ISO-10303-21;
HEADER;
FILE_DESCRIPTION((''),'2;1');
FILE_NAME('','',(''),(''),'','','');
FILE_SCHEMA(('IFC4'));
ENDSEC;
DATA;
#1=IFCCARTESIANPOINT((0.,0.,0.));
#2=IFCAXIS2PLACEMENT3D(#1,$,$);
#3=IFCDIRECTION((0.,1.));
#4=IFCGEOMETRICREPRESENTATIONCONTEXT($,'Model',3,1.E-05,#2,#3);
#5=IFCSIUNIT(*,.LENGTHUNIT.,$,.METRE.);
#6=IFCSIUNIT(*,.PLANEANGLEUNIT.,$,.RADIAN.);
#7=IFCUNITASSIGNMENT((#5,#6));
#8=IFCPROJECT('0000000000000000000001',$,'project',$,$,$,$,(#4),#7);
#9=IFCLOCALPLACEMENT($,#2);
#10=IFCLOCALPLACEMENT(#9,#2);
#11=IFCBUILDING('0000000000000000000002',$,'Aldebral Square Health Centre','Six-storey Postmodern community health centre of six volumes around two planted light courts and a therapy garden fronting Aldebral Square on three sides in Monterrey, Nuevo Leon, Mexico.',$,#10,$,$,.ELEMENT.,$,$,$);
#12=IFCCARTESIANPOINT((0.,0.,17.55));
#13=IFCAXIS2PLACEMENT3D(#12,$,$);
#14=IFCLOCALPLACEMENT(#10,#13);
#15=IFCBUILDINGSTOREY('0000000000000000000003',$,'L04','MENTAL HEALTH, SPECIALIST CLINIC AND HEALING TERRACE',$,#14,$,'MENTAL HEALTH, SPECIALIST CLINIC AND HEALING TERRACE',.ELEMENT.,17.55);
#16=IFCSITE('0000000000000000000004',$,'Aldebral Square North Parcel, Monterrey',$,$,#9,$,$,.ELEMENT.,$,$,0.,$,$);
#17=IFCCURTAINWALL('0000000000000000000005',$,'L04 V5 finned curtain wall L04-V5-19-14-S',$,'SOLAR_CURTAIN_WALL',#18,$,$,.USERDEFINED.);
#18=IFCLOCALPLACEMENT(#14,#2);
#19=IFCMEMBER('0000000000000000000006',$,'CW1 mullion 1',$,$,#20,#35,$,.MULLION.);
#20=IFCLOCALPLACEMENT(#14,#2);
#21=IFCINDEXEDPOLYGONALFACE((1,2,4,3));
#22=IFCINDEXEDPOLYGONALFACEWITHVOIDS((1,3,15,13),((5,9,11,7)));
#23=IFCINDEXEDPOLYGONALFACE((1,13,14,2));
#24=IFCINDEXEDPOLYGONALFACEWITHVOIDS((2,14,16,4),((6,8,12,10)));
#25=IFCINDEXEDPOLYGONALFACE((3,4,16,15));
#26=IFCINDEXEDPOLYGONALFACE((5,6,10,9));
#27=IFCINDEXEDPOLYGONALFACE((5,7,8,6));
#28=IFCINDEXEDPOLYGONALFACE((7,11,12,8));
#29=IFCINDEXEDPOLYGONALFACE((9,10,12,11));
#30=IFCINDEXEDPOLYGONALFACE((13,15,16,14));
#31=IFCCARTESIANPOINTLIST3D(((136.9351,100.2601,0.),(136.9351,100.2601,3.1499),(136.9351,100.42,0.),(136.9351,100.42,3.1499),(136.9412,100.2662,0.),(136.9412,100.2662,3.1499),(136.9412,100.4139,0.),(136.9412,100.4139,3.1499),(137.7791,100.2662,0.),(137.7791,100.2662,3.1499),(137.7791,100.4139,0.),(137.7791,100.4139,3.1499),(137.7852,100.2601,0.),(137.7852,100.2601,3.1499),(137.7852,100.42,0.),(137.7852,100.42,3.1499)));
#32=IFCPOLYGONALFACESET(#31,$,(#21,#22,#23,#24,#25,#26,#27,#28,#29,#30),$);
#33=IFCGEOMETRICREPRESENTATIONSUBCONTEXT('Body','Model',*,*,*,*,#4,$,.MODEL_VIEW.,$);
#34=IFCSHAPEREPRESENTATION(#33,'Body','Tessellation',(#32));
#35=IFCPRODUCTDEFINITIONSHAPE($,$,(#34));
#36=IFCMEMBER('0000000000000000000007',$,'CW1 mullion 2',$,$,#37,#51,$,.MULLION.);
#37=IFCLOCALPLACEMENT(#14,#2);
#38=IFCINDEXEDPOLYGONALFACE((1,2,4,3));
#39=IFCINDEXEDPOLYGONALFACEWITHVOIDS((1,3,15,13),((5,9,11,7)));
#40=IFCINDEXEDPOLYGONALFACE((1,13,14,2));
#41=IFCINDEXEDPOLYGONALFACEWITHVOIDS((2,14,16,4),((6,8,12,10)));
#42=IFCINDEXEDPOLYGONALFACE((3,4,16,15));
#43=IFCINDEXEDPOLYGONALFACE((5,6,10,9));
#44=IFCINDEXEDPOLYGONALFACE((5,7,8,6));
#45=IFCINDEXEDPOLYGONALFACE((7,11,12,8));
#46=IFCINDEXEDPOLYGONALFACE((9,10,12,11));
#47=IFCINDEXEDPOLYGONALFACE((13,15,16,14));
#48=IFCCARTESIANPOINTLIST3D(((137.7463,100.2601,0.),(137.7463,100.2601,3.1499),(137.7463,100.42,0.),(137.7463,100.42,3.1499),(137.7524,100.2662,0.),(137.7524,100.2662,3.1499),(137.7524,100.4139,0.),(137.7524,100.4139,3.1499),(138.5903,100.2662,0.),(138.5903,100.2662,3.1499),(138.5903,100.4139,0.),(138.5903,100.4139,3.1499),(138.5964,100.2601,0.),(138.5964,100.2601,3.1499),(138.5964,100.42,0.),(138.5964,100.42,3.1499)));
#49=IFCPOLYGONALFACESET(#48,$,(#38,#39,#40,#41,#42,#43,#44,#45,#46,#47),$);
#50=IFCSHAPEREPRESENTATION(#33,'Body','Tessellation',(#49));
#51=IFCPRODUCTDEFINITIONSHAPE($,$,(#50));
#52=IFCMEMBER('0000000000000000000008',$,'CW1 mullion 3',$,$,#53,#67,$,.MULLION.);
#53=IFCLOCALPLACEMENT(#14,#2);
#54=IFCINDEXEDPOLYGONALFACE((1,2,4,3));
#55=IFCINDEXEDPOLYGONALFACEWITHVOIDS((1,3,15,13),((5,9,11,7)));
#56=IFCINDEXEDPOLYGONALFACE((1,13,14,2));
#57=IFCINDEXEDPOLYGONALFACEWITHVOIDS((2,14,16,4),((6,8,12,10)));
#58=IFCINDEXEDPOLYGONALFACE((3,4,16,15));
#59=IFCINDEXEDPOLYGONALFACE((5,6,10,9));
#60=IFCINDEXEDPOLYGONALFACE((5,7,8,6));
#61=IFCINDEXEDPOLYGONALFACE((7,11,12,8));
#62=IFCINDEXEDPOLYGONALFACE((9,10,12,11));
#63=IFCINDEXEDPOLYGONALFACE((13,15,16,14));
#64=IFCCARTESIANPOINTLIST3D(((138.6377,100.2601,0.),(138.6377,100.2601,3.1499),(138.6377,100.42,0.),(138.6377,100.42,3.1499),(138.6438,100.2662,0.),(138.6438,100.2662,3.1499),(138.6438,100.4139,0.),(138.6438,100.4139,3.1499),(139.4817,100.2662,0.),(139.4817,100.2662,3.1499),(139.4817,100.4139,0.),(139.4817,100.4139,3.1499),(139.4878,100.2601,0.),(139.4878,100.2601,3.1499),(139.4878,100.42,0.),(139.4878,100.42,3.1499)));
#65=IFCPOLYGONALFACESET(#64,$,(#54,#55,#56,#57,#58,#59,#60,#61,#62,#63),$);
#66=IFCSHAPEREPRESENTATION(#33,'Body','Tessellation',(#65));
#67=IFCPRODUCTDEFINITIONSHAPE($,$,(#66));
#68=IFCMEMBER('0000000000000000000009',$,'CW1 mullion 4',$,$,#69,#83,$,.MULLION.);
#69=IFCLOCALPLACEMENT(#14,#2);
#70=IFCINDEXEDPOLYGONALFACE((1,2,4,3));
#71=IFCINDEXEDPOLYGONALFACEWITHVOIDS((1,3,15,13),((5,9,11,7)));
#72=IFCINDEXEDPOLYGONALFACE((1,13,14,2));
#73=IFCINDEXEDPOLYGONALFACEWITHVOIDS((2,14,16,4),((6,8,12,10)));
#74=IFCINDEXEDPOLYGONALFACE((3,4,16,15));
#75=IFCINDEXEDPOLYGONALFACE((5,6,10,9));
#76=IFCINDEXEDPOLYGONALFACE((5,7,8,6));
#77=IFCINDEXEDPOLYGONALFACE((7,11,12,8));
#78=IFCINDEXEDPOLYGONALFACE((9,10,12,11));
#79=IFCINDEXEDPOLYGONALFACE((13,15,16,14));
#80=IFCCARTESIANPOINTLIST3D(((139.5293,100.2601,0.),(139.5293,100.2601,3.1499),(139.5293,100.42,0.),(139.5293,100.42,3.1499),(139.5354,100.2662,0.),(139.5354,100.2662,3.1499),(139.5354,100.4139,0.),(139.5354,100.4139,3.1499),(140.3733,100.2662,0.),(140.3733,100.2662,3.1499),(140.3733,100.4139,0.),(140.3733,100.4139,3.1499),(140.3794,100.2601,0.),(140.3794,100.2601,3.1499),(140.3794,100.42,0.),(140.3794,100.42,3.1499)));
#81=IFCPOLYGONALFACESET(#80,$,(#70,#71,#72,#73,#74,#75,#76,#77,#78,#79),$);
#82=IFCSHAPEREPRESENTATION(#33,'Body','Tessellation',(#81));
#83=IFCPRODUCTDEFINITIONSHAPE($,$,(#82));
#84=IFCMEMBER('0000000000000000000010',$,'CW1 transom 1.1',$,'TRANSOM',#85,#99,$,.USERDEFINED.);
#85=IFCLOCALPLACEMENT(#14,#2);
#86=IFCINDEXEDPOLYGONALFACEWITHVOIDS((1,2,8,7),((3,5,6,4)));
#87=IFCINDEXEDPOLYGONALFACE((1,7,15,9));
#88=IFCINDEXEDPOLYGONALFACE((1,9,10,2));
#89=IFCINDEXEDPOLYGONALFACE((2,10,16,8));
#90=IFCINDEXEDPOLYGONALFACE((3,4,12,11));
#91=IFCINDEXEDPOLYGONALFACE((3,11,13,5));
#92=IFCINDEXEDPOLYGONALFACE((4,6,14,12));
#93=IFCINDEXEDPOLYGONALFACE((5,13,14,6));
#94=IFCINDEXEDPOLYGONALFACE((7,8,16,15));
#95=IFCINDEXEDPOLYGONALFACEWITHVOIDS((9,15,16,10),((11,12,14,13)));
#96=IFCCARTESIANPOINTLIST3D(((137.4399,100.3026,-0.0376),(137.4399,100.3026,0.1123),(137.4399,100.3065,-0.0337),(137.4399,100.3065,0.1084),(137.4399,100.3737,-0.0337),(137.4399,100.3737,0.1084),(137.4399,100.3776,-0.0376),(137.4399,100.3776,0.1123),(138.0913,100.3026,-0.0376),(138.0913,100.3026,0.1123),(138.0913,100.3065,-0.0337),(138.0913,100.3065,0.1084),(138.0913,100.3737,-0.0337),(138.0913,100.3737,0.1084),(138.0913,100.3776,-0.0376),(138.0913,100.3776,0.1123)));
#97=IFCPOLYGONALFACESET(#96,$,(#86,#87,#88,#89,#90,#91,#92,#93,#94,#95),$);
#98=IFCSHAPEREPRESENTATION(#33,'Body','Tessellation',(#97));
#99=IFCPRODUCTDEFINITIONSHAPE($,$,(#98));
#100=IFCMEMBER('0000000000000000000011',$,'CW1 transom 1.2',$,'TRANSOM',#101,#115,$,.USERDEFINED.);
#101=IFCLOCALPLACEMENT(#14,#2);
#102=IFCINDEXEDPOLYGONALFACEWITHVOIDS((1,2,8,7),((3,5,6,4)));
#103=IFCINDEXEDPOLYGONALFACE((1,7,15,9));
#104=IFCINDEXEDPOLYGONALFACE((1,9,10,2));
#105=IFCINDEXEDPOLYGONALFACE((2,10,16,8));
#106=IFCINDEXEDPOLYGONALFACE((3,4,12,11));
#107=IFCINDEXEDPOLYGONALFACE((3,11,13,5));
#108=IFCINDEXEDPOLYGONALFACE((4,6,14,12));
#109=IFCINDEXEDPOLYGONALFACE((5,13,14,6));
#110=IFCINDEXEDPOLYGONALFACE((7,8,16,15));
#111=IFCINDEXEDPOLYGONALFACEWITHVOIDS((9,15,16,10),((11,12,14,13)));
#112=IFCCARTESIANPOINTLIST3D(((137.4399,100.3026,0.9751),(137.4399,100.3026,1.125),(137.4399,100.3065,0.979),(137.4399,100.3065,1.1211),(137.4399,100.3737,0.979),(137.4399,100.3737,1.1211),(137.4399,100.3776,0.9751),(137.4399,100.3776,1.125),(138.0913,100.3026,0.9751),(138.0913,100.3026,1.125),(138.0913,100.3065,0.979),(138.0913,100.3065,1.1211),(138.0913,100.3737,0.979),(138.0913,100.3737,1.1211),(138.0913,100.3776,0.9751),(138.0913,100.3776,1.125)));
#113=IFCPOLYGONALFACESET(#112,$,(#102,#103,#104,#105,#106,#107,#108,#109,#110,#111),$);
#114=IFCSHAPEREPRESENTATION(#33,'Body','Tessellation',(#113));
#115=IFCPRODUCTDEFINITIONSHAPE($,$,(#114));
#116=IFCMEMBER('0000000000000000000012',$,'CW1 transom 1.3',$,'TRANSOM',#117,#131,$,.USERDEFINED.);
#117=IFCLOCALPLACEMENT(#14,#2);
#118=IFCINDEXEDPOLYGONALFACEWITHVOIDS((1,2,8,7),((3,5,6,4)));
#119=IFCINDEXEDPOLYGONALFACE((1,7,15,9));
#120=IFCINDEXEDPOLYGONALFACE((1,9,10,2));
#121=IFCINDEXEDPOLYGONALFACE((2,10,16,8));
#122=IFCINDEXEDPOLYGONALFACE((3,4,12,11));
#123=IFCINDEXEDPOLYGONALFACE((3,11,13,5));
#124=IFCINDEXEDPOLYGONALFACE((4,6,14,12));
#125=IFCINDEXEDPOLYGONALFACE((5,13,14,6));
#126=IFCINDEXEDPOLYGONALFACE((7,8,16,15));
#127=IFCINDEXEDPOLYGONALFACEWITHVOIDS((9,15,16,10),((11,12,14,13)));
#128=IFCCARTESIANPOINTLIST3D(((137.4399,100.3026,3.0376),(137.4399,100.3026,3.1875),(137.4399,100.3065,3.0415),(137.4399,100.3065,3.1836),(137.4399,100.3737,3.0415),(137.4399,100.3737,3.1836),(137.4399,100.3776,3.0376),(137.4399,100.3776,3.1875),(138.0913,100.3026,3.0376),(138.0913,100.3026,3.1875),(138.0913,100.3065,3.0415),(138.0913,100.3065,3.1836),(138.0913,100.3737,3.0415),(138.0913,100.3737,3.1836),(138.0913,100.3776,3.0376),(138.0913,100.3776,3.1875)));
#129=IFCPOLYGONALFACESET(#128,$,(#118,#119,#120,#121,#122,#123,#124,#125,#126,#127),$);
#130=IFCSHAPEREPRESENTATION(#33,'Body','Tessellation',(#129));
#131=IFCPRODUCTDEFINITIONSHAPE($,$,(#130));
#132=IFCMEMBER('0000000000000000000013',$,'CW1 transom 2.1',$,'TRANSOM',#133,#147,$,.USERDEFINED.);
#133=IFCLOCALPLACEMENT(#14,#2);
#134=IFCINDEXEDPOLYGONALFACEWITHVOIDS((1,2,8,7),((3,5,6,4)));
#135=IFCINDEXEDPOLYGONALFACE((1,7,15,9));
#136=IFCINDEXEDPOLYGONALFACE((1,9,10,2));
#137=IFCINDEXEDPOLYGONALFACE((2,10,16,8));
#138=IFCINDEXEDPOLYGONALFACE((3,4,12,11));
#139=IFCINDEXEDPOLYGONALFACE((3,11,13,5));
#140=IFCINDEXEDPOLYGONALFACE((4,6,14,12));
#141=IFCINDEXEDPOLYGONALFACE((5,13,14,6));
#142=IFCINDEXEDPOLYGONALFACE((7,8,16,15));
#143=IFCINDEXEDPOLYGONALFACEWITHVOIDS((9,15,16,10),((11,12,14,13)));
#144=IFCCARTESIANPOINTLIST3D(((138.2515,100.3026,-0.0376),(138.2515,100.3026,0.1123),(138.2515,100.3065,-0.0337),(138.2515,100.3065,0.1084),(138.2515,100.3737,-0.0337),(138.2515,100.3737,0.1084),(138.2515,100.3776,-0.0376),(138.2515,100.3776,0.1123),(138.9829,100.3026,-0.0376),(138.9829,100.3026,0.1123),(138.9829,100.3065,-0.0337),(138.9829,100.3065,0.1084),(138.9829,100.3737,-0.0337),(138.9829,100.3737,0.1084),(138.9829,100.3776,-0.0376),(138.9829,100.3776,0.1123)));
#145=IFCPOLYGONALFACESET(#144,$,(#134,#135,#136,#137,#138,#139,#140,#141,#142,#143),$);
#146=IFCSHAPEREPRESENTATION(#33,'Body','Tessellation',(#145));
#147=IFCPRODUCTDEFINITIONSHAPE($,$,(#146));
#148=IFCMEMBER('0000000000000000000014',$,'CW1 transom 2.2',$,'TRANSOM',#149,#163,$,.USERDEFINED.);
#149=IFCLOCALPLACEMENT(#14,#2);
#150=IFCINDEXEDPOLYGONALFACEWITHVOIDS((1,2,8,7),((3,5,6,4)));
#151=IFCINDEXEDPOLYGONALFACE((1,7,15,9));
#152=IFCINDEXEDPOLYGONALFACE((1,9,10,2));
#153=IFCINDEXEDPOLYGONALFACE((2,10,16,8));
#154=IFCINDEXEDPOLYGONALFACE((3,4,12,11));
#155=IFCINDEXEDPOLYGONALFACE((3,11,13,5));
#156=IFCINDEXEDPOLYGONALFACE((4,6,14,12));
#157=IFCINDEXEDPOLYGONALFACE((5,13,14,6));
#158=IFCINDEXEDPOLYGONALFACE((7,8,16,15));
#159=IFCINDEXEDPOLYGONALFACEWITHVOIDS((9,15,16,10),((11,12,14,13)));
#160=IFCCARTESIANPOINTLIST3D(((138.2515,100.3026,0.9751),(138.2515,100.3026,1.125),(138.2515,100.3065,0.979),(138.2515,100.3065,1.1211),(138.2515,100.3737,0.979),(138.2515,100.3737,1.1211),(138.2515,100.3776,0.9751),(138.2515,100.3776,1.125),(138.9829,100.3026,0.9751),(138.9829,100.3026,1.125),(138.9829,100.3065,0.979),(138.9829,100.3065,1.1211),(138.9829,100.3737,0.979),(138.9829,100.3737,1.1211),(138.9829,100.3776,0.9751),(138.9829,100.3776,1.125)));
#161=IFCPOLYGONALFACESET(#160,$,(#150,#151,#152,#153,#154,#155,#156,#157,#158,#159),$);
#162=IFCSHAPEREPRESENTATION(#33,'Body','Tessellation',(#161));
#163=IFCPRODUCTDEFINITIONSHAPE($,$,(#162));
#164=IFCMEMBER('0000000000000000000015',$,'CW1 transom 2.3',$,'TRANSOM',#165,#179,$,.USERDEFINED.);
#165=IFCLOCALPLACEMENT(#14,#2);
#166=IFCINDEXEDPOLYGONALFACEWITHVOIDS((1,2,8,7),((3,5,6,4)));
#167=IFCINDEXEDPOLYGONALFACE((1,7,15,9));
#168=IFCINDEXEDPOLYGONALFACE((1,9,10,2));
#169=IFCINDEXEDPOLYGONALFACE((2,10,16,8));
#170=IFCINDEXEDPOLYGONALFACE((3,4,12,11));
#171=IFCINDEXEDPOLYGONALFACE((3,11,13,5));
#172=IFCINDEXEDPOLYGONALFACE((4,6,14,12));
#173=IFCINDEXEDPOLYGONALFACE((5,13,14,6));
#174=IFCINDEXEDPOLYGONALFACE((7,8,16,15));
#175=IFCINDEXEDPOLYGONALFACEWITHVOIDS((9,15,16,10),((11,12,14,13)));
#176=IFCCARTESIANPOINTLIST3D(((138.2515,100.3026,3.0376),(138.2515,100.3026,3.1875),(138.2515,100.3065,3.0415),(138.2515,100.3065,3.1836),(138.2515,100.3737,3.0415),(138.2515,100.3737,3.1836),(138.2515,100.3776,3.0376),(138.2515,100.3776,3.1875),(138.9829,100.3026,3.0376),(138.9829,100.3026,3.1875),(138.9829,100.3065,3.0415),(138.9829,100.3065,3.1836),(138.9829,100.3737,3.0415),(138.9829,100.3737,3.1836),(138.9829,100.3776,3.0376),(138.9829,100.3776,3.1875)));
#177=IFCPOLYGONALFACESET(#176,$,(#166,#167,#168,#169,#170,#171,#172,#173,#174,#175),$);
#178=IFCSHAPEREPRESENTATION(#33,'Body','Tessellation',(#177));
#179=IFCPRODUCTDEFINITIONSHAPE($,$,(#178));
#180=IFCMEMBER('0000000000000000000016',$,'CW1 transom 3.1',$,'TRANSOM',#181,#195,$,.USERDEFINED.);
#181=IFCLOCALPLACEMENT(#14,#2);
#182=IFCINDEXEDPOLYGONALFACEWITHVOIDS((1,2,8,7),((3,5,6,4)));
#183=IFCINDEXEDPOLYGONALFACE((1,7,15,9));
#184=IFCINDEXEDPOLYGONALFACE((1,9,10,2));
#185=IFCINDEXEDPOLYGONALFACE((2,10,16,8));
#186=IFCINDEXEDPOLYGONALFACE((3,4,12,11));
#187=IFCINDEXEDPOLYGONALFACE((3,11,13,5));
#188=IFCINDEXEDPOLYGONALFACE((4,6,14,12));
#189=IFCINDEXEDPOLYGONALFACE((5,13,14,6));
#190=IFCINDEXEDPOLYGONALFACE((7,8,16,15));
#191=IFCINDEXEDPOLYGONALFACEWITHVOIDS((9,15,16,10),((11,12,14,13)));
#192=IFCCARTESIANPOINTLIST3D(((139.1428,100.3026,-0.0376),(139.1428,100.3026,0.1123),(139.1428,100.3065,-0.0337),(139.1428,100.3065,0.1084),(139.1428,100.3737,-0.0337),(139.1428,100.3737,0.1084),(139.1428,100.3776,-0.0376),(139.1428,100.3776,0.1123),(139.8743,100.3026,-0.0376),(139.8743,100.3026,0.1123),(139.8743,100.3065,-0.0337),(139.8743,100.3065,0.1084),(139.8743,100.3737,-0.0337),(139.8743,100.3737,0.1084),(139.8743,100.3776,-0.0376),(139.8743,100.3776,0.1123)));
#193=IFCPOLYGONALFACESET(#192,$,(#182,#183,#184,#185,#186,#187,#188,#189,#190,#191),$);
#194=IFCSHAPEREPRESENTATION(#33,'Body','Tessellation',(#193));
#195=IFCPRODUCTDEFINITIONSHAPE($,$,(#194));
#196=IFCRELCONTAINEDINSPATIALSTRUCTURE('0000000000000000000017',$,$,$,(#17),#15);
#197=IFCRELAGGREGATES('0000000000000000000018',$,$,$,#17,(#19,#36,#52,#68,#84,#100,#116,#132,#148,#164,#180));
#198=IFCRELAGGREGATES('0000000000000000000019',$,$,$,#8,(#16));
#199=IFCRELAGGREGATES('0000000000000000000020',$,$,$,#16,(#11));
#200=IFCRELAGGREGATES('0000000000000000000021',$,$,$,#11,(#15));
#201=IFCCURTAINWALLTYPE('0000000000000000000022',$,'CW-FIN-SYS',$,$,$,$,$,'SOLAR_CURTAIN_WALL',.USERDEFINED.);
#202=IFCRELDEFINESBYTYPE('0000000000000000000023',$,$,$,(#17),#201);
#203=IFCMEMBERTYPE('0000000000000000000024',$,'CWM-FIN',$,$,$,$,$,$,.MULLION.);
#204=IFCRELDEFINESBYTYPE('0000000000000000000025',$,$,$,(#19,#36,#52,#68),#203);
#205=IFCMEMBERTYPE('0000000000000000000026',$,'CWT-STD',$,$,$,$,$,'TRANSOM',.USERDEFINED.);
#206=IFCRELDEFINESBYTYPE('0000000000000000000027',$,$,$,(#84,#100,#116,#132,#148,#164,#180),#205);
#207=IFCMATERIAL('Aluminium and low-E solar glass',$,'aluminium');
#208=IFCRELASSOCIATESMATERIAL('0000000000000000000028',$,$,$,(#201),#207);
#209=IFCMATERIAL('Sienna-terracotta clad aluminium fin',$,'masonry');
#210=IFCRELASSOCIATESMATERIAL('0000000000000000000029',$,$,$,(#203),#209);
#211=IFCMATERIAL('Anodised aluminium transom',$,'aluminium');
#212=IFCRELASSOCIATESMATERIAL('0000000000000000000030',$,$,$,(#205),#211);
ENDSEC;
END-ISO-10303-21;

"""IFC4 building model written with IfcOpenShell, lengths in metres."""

from ifc_helpers import new_model, si_unit, direction, frame, origin, origin_2d, place, context, subcontext, project, spatial, hollow_rectangle, extrude, material, material_profile, profile_set, type_object, element, aggregate, save


model = new_model("IFC4")

# Units and contexts
model_context = context("Model", 3, precision=1e-05, world=origin(), true_north=direction((0.0, 1.0)))
body_context = subcontext(model_context, "Body", "Model", "MODEL_VIEW")
ifc_project = project(units=[si_unit("LENGTHUNIT", "METRE"), si_unit("PLANEANGLEUNIT", "RADIAN")], contexts=[model_context])

# Site, building, storey
site_placement = place(None, origin())
site = spatial("IfcSite", under=ifc_project, at=site_placement, Name="Aldebral Square North Parcel, Monterrey", CompositionType="ELEMENT", RefElevation=0.0)
building_placement = place(site_placement, origin())
building = spatial("IfcBuilding", under=site, at=building_placement, Name="Aldebral Square Health Centre", Description="Six-storey Postmodern community health centre of six volumes around two planted light courts and a therapy garden fronting Aldebral Square on three sides in Monterrey, Nuevo Leon, Mexico.", CompositionType="ELEMENT")
storey_placement = place(building_placement, frame((0.0, 0.0, 17.55)))
storey = spatial("IfcBuildingStorey", under=building, at=storey_placement, Name="L04", Description="MENTAL HEALTH, SPECIALIST CLINIC AND HEALING TERRACE", LongName="MENTAL HEALTH, SPECIALIST CLINIC AND HEALING TERRACE", CompositionType="ELEMENT", Elevation=17.55)

# Curtain wall, members
ifc_material_1 = material(Name="Aluminium and low-E solar glass", Category="aluminium")
curtain_wall_type = type_object("IfcCurtainWallType", Name="CW-FIN-SYS", ElementType="SOLAR_CURTAIN_WALL", PredefinedType="USERDEFINED", material=ifc_material_1)
curtain_wall_placement = place(storey_placement, origin())
curtain_wall = element("IfcCurtainWall", 1, at=curtain_wall_placement, inside=storey, type_object=curtain_wall_type, Name="L04 V5 finned curtain wall L04-V5-19-14-S", ObjectType="SOLAR_CURTAIN_WALL", PredefinedType="USERDEFINED")
ifc_material_2 = material(Name="Sienna-terracotta clad aluminium fin", Category="masonry")
ifc_material_profile_1 = material_profile(ifc_material_2, hollow_rectangle(XDim=0.1599, YDim=0.8501, WallThickness=0.0061, at=origin_2d()), Name="FIN 160x850x6")
ifc_profile_set_1 = profile_set([ifc_material_profile_1], Name="Sienna-terracotta clad aluminium fin")
member_type_1 = type_object("IfcMemberType", Name="CWM-FIN", PredefinedType="MULLION", material=ifc_profile_set_1)
member_1_placement = place(storey_placement, frame((137.3601, 100.3401, 0.0), z_axis=(0.0, 0.0, 1.0), x_axis=(0.0, 1.0, 0.0)))
member_1 = element("IfcMember", 2, at=member_1_placement, type_object=member_type_1, Name="CW1 mullion 1", PredefinedType="MULLION", context=body_context, shape_type="SweptSolid", body=[
    extrude(hollow_rectangle(XDim=0.1599, YDim=0.8501, WallThickness=0.0061, at=origin_2d()), origin(), (0.0, 0.0, 1.0), 3.1499),
])
member_2_placement = place(storey_placement, frame((138.1714, 100.3401, 0.0), z_axis=(0.0, 0.0, 1.0), x_axis=(0.0, 1.0, 0.0)))
member_2 = element("IfcMember", 3, at=member_2_placement, type_object=member_type_1, Name="CW1 mullion 2", PredefinedType="MULLION", context=body_context, shape_type="SweptSolid", body=[
    extrude(hollow_rectangle(XDim=0.1599, YDim=0.8501, WallThickness=0.0061, at=origin_2d()), origin(), (0.0, 0.0, 1.0), 3.1499),
])
member_3_placement = place(storey_placement, frame((139.0627, 100.3401, 0.0), z_axis=(0.0, 0.0, 1.0), x_axis=(0.0, 1.0, 0.0)))
member_3 = element("IfcMember", 4, at=member_3_placement, type_object=member_type_1, Name="CW1 mullion 3", PredefinedType="MULLION", context=body_context, shape_type="SweptSolid", body=[
    extrude(hollow_rectangle(XDim=0.1599, YDim=0.8501, WallThickness=0.0061, at=origin_2d()), origin(), (0.0, 0.0, 1.0), 3.1499),
])
member_4_placement = place(storey_placement, frame((139.9543, 100.3401, 0.0), z_axis=(0.0, 0.0, 1.0), x_axis=(0.0, 1.0, 0.0)))
member_4 = element("IfcMember", 5, at=member_4_placement, type_object=member_type_1, Name="CW1 mullion 4", PredefinedType="MULLION", context=body_context, shape_type="SweptSolid", body=[
    extrude(hollow_rectangle(XDim=0.1599, YDim=0.8501, WallThickness=0.0061, at=origin_2d()), origin(), (0.0, 0.0, 1.0), 3.1499),
])
ifc_material_3 = material(Name="Anodised aluminium transom", Category="aluminium")
ifc_material_profile_2 = material_profile(ifc_material_3, hollow_rectangle(XDim=0.075, YDim=0.1499, WallThickness=0.0039, at=origin_2d()), Name="CWT 75x150x4")
ifc_profile_set_2 = profile_set([ifc_material_profile_2], Name="Anodised aluminium transom")
member_type_2 = type_object("IfcMemberType", Name="CWT-STD", ElementType="TRANSOM", PredefinedType="USERDEFINED", material=ifc_profile_set_2)
member_5_placement = place(storey_placement, frame((137.4399, 100.3401, 0.0374), z_axis=(1.0, 0.0, 0.0), x_axis=(0.0, 1.0, 0.0)))
member_5 = element("IfcMember", 6, at=member_5_placement, type_object=member_type_2, Name="CW1 transom 1.1", ObjectType="TRANSOM", PredefinedType="USERDEFINED", context=body_context, shape_type="SweptSolid", body=[
    extrude(hollow_rectangle(XDim=0.075, YDim=0.1499, WallThickness=0.0039, at=origin_2d()), origin(), (0.0, 0.0, 1.0), 0.6514),
])
member_6_placement = place(storey_placement, frame((137.4399, 100.3401, 1.05), z_axis=(1.0, 0.0, 0.0), x_axis=(0.0, 1.0, 0.0)))
member_6 = element("IfcMember", 7, at=member_6_placement, type_object=member_type_2, Name="CW1 transom 1.2", ObjectType="TRANSOM", PredefinedType="USERDEFINED", context=body_context, shape_type="SweptSolid", body=[
    extrude(hollow_rectangle(XDim=0.075, YDim=0.1499, WallThickness=0.0039, at=origin_2d()), origin(), (0.0, 0.0, 1.0), 0.6514),
])
member_7_placement = place(storey_placement, frame((137.4399, 100.3401, 3.1125), z_axis=(1.0, 0.0, 0.0), x_axis=(0.0, 1.0, 0.0)))
member_7 = element("IfcMember", 8, at=member_7_placement, type_object=member_type_2, Name="CW1 transom 1.3", ObjectType="TRANSOM", PredefinedType="USERDEFINED", context=body_context, shape_type="SweptSolid", body=[
    extrude(hollow_rectangle(XDim=0.075, YDim=0.1499, WallThickness=0.0039, at=origin_2d()), origin(), (0.0, 0.0, 1.0), 0.6514),
])
member_8_placement = place(storey_placement, frame((138.2515, 100.3401, 0.0374), z_axis=(1.0, 0.0, 0.0), x_axis=(0.0, 1.0, 0.0)))
member_8 = element("IfcMember", 9, at=member_8_placement, type_object=member_type_2, Name="CW1 transom 2.1", ObjectType="TRANSOM", PredefinedType="USERDEFINED", context=body_context, shape_type="SweptSolid", body=[
    extrude(hollow_rectangle(XDim=0.075, YDim=0.1499, WallThickness=0.0039, at=origin_2d()), origin(), (0.0, 0.0, 1.0), 0.7314),
])
member_9_placement = place(storey_placement, frame((138.2515, 100.3401, 1.05), z_axis=(1.0, 0.0, 0.0), x_axis=(0.0, 1.0, 0.0)))
member_9 = element("IfcMember", 10, at=member_9_placement, type_object=member_type_2, Name="CW1 transom 2.2", ObjectType="TRANSOM", PredefinedType="USERDEFINED", context=body_context, shape_type="SweptSolid", body=[
    extrude(hollow_rectangle(XDim=0.075, YDim=0.1499, WallThickness=0.0039, at=origin_2d()), origin(), (0.0, 0.0, 1.0), 0.7314),
])
member_10_placement = place(storey_placement, frame((138.2515, 100.3401, 3.1125), z_axis=(1.0, 0.0, 0.0), x_axis=(0.0, 1.0, 0.0)))
member_10 = element("IfcMember", 11, at=member_10_placement, type_object=member_type_2, Name="CW1 transom 2.3", ObjectType="TRANSOM", PredefinedType="USERDEFINED", context=body_context, shape_type="SweptSolid", body=[
    extrude(hollow_rectangle(XDim=0.075, YDim=0.1499, WallThickness=0.0039, at=origin_2d()), origin(), (0.0, 0.0, 1.0), 0.7314),
])
member_11_placement = place(storey_placement, frame((139.1428, 100.3401, 0.0374), z_axis=(1.0, 0.0, 0.0), x_axis=(0.0, 1.0, 0.0)))
member_11 = element("IfcMember", 12, at=member_11_placement, type_object=member_type_2, Name="CW1 transom 3.1", ObjectType="TRANSOM", PredefinedType="USERDEFINED", context=body_context, shape_type="SweptSolid", body=[
    extrude(hollow_rectangle(XDim=0.075, YDim=0.1499, WallThickness=0.0039, at=origin_2d()), origin(), (0.0, 0.0, 1.0), 0.7314),
])
aggregate(curtain_wall, [member_1, member_2, member_3, member_4, member_5, member_6, member_7, member_8, member_9, member_10, member_11])

save(model, "model.ifc")
